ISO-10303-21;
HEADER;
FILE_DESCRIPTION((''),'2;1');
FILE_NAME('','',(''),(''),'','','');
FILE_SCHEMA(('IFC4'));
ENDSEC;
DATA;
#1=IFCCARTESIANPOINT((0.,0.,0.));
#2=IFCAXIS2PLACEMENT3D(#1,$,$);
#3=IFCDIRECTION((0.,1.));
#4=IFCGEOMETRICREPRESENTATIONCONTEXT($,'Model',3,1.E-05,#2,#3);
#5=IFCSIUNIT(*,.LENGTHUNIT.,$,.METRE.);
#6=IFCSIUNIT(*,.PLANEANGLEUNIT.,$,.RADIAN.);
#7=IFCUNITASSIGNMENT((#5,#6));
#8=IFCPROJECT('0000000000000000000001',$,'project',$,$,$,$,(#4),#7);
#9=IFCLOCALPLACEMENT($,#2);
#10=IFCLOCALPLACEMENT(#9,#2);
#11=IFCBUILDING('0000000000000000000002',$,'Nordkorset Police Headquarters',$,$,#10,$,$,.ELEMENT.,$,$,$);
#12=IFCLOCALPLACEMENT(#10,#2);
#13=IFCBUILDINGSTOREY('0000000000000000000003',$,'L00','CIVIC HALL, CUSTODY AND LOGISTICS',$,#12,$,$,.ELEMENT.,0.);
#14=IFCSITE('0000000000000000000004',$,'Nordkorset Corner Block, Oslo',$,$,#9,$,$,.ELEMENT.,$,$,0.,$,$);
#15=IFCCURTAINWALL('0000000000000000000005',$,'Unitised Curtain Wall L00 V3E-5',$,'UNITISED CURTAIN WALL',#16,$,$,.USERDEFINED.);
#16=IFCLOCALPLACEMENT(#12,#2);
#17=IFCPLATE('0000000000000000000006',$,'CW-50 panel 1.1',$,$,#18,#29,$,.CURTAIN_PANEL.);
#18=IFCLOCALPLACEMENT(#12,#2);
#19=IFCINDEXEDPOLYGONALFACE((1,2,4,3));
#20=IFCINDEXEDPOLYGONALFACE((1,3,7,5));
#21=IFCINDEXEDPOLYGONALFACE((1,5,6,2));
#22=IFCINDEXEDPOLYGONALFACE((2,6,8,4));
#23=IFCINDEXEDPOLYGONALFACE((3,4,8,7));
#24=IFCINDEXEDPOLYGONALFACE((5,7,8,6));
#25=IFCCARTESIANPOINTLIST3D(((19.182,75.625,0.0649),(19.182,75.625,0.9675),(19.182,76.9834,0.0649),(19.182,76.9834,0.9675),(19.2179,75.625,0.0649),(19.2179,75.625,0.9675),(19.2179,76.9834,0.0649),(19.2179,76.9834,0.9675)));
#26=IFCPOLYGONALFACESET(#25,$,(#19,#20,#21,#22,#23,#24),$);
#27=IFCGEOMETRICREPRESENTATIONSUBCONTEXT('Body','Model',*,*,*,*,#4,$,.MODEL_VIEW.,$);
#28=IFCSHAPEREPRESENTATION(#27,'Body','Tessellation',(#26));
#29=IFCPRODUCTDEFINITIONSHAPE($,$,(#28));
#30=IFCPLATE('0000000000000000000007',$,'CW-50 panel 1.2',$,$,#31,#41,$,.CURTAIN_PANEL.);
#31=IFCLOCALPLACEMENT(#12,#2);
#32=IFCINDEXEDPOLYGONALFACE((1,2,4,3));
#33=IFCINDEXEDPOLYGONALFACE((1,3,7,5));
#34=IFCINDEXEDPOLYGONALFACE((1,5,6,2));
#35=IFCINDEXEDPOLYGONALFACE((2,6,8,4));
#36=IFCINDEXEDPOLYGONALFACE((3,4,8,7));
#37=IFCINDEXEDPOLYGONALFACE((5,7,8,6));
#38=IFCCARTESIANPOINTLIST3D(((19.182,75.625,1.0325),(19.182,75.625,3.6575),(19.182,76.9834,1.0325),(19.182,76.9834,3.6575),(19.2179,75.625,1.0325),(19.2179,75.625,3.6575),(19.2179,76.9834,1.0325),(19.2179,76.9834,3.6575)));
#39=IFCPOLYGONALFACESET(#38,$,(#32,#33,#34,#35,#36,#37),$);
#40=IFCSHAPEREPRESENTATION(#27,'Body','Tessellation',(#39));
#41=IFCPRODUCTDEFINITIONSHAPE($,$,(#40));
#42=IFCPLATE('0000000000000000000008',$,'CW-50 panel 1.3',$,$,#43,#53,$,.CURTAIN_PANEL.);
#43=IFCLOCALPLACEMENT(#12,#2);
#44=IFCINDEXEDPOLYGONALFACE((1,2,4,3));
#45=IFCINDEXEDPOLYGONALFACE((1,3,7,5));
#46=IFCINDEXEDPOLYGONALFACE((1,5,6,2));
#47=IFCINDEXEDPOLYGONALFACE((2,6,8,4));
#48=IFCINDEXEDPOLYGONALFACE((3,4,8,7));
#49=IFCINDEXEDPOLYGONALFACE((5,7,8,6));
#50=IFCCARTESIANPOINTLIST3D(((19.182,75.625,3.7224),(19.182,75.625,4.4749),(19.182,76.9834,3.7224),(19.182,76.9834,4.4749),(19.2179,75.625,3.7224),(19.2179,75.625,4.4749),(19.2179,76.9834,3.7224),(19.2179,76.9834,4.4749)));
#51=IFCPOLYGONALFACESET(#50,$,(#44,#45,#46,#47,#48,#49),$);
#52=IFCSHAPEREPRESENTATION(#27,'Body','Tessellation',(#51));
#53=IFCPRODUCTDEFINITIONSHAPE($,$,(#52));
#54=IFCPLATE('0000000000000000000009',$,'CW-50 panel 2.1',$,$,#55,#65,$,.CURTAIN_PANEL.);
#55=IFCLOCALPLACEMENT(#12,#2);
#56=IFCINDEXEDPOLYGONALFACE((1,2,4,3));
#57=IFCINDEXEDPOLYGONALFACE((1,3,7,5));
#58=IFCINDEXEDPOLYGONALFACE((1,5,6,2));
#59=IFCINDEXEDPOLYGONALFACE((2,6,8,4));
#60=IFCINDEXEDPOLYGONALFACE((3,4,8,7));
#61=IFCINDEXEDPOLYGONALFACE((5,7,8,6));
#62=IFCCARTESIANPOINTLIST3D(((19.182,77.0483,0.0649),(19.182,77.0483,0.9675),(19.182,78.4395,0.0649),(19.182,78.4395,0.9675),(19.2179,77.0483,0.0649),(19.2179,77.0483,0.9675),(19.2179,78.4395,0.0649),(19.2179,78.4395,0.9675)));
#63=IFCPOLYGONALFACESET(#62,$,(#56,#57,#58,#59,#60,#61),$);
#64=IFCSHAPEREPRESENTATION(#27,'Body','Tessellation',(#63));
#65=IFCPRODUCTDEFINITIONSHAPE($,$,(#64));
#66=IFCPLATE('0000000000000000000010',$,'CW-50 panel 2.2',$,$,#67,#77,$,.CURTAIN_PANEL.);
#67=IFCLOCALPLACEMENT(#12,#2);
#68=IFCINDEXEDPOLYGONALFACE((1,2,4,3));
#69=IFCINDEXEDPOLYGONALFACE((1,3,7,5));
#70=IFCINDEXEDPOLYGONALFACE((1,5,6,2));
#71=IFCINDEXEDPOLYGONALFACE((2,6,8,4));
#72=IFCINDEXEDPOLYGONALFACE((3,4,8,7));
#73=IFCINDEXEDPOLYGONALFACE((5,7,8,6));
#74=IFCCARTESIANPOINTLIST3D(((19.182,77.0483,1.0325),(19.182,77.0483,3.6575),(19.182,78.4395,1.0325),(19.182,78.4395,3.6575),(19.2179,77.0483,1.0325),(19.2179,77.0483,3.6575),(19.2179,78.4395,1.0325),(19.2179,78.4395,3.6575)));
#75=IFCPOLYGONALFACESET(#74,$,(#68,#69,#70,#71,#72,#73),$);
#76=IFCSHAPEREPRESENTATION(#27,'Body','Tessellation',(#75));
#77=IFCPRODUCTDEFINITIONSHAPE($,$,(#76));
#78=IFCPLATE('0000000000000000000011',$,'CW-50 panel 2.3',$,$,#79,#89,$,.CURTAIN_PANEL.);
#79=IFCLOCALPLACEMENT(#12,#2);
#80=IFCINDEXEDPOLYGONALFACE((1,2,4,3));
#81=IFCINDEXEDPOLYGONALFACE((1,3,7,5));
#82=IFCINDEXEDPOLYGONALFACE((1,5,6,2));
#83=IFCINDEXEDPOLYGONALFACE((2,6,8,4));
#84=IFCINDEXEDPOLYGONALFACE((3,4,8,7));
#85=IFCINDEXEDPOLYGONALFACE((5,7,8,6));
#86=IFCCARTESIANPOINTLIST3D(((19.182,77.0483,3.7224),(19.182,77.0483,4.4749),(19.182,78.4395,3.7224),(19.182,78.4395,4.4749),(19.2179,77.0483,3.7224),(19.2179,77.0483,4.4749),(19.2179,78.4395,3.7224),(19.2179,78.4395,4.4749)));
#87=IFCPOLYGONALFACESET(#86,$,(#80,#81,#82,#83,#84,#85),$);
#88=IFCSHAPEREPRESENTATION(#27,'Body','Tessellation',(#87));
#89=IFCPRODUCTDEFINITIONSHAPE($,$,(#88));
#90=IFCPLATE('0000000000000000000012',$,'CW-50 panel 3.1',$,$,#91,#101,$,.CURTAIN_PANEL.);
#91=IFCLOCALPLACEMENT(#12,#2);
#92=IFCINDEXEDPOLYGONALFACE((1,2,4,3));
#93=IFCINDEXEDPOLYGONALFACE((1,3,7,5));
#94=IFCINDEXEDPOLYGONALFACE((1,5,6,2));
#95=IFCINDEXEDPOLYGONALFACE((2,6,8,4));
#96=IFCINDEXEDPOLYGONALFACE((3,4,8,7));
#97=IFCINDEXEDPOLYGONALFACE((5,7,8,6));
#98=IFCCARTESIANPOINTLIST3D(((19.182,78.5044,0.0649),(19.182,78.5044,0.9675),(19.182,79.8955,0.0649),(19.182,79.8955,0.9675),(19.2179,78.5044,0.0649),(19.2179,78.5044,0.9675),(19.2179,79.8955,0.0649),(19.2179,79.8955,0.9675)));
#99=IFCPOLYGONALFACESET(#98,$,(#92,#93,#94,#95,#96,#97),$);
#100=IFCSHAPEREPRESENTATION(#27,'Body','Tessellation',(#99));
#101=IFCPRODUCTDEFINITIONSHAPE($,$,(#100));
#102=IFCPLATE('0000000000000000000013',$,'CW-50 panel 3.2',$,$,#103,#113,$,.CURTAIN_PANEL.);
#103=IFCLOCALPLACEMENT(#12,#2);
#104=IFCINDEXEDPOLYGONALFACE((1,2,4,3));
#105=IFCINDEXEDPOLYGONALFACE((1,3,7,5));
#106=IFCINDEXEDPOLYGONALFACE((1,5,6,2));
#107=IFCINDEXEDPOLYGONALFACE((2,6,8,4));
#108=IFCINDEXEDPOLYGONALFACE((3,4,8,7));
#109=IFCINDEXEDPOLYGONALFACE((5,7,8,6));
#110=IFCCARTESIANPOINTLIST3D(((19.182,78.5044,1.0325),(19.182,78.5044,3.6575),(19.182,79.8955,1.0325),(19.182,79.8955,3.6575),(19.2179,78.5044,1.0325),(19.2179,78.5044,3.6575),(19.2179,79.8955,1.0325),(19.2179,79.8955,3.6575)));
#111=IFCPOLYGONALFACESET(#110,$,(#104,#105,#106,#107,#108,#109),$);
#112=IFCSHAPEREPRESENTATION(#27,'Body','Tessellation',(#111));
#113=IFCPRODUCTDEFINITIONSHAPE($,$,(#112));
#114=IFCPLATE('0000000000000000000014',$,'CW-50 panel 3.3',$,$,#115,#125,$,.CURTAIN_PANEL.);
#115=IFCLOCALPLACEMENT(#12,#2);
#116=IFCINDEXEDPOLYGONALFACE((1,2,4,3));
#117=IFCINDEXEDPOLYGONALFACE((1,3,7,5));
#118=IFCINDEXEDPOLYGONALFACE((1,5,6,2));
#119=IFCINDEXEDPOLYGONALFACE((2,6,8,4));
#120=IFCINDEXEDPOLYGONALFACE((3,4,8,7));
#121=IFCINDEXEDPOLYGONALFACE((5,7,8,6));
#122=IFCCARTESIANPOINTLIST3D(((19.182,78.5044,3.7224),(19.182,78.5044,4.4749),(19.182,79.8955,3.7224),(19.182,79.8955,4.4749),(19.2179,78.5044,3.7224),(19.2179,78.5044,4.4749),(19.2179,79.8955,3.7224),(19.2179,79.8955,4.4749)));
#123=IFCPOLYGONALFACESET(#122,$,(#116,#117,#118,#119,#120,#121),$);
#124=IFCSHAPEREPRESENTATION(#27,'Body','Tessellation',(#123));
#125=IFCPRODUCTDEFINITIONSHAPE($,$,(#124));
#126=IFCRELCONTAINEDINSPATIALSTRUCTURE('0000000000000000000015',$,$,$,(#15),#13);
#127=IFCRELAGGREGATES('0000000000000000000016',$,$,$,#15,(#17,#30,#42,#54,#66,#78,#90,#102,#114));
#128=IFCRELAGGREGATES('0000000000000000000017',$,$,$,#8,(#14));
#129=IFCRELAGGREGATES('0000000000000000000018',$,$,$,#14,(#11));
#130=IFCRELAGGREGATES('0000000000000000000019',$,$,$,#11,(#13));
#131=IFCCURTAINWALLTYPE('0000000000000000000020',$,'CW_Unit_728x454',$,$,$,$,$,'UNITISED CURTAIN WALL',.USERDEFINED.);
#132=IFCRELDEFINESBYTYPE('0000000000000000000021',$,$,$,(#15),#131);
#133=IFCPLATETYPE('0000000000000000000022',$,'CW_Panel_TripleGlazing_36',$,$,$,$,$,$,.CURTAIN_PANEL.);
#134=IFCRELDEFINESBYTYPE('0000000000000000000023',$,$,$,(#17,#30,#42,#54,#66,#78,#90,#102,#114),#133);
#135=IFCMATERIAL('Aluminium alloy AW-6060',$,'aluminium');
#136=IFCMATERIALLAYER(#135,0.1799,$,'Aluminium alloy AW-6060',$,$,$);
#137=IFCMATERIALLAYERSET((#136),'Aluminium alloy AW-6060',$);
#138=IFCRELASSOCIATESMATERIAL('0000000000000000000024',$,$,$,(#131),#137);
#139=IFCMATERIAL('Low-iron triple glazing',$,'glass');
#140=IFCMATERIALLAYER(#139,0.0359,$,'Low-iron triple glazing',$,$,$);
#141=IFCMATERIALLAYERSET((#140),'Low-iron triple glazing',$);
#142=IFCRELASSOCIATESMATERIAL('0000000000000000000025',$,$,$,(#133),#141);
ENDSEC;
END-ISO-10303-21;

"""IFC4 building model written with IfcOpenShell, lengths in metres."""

from ifc_helpers import new_model, si_unit, direction, frame, origin, origin_2d, place, context, subcontext, project, spatial, rectangle, extrude, material, layer, layer_set, type_object, element, aggregate, save


model = new_model("IFC4")

# Units and contexts
model_context = context("Model", 3, precision=1e-05, world=origin(), true_north=direction((0.0, 1.0)))
body_context = subcontext(model_context, "Body", "Model", "MODEL_VIEW")
ifc_project = project(units=[si_unit("LENGTHUNIT", "METRE"), si_unit("PLANEANGLEUNIT", "RADIAN")], contexts=[model_context])

# Site, building, storey
site_placement = place(None, origin())
site = spatial("IfcSite", under=ifc_project, at=site_placement, Name="Nordkorset Corner Block, Oslo", CompositionType="ELEMENT", RefElevation=0.0)
building_placement = place(site_placement, origin())
building = spatial("IfcBuilding", under=site, at=building_placement, Name="Nordkorset Police Headquarters", CompositionType="ELEMENT")
storey_placement = place(building_placement, origin())
storey = spatial("IfcBuildingStorey", under=building, at=storey_placement, Name="L00", Description="CIVIC HALL, CUSTODY AND LOGISTICS", CompositionType="ELEMENT", Elevation=0.0)

# Curtain wall, plates
ifc_material_1 = material(Name="Aluminium alloy AW-6060", Category="aluminium")
ifc_layer_1 = layer(ifc_material_1, 0.1799, Name="Aluminium alloy AW-6060")
ifc_layer_set_1 = layer_set([ifc_layer_1], Name="Aluminium alloy AW-6060")
curtain_wall_type = type_object("IfcCurtainWallType", Name="CW_Unit_728x454", ElementType="UNITISED CURTAIN WALL", PredefinedType="USERDEFINED", material=ifc_layer_set_1)
curtain_wall_placement = place(storey_placement, origin())
curtain_wall = element("IfcCurtainWall", 1, at=curtain_wall_placement, inside=storey, type_object=curtain_wall_type, Name="Unitised Curtain Wall L00 V3E-5", ObjectType="UNITISED CURTAIN WALL", PredefinedType="USERDEFINED")
ifc_material_2 = material(Name="Low-iron triple glazing", Category="glass")
ifc_layer_2 = layer(ifc_material_2, 0.0359, Name="Low-iron triple glazing")
ifc_layer_set_2 = layer_set([ifc_layer_2], Name="Low-iron triple glazing")
plate_type = type_object("IfcPlateType", Name="CW_Panel_TripleGlazing_36", PredefinedType="CURTAIN_PANEL", material=ifc_layer_set_2)
plate_1_placement = place(storey_placement, frame((19.2, 76.3042, 0.0649), z_axis=(0.0, 0.0, 1.0), x_axis=(0.0, 1.0, 0.0)))
plate_1 = element("IfcPlate", 2, at=plate_1_placement, type_object=plate_type, Name="CW-50 panel 1.1", PredefinedType="CURTAIN_PANEL", context=body_context, shape_type="SweptSolid", body=[
    extrude(rectangle(XDim=1.3584, YDim=0.0359, at=origin_2d()), origin(), (0.0, 0.0, 1.0), 0.9026),
])
plate_2_placement = place(storey_placement, frame((19.2, 76.3042, 1.0325), z_axis=(0.0, 0.0, 1.0), x_axis=(0.0, 1.0, 0.0)))
plate_2 = element("IfcPlate", 3, at=plate_2_placement, type_object=plate_type, Name="CW-50 panel 1.2", PredefinedType="CURTAIN_PANEL", context=body_context, shape_type="SweptSolid", body=[
    extrude(rectangle(XDim=1.3584, YDim=0.0359, at=origin_2d()), origin(), (0.0, 0.0, 1.0), 2.625),
])
plate_3_placement = place(storey_placement, frame((19.2, 76.3042, 3.7224), z_axis=(0.0, 0.0, 1.0), x_axis=(0.0, 1.0, 0.0)))
plate_3 = element("IfcPlate", 4, at=plate_3_placement, type_object=plate_type, Name="CW-50 panel 1.3", PredefinedType="CURTAIN_PANEL", context=body_context, shape_type="SweptSolid", body=[
    extrude(rectangle(XDim=1.3584, YDim=0.0359, at=origin_2d()), origin(), (0.0, 0.0, 1.0), 0.7524),
])
plate_4_placement = place(storey_placement, frame((19.2, 77.7439, 0.0649), z_axis=(0.0, 0.0, 1.0), x_axis=(0.0, 1.0, 0.0)))
plate_4 = element("IfcPlate", 5, at=plate_4_placement, type_object=plate_type, Name="CW-50 panel 2.1", PredefinedType="CURTAIN_PANEL", context=body_context, shape_type="SweptSolid", body=[
    extrude(rectangle(XDim=1.3911, YDim=0.0359, at=origin_2d()), origin(), (0.0, 0.0, 1.0), 0.9026),
])
plate_5_placement = place(storey_placement, frame((19.2, 77.7439, 1.0325), z_axis=(0.0, 0.0, 1.0), x_axis=(0.0, 1.0, 0.0)))
plate_5 = element("IfcPlate", 6, at=plate_5_placement, type_object=plate_type, Name="CW-50 panel 2.2", PredefinedType="CURTAIN_PANEL", context=body_context, shape_type="SweptSolid", body=[
    extrude(rectangle(XDim=1.3911, YDim=0.0359, at=origin_2d()), origin(), (0.0, 0.0, 1.0), 2.625),
])
plate_6_placement = place(storey_placement, frame((19.2, 77.7439, 3.7224), z_axis=(0.0, 0.0, 1.0), x_axis=(0.0, 1.0, 0.0)))
plate_6 = element("IfcPlate", 7, at=plate_6_placement, type_object=plate_type, Name="CW-50 panel 2.3", PredefinedType="CURTAIN_PANEL", context=body_context, shape_type="SweptSolid", body=[
    extrude(rectangle(XDim=1.3911, YDim=0.0359, at=origin_2d()), origin(), (0.0, 0.0, 1.0), 0.7524),
])
plate_7_placement = place(storey_placement, frame((19.2, 79.2, 0.0649), z_axis=(0.0, 0.0, 1.0), x_axis=(0.0, 1.0, 0.0)))
plate_7 = element("IfcPlate", 8, at=plate_7_placement, type_object=plate_type, Name="CW-50 panel 3.1", PredefinedType="CURTAIN_PANEL", context=body_context, shape_type="SweptSolid", body=[
    extrude(rectangle(XDim=1.3911, YDim=0.0359, at=origin_2d()), origin(), (0.0, 0.0, 1.0), 0.9026),
])
plate_8_placement = place(storey_placement, frame((19.2, 79.2, 1.0325), z_axis=(0.0, 0.0, 1.0), x_axis=(0.0, 1.0, 0.0)))
plate_8 = element("IfcPlate", 9, at=plate_8_placement, type_object=plate_type, Name="CW-50 panel 3.2", PredefinedType="CURTAIN_PANEL", context=body_context, shape_type="SweptSolid", body=[
    extrude(rectangle(XDim=1.3911, YDim=0.0359, at=origin_2d()), origin(), (0.0, 0.0, 1.0), 2.625),
])
plate_9_placement = place(storey_placement, frame((19.2, 79.2, 3.7224), z_axis=(0.0, 0.0, 1.0), x_axis=(0.0, 1.0, 0.0)))
plate_9 = element("IfcPlate", 10, at=plate_9_placement, type_object=plate_type, Name="CW-50 panel 3.3", PredefinedType="CURTAIN_PANEL", context=body_context, shape_type="SweptSolid", body=[
    extrude(rectangle(XDim=1.3911, YDim=0.0359, at=origin_2d()), origin(), (0.0, 0.0, 1.0), 0.7524),
])
aggregate(curtain_wall, [plate_1, plate_2, plate_3, plate_4, plate_5, plate_6, plate_7, plate_8, plate_9])

save(model, "model.ifc")
